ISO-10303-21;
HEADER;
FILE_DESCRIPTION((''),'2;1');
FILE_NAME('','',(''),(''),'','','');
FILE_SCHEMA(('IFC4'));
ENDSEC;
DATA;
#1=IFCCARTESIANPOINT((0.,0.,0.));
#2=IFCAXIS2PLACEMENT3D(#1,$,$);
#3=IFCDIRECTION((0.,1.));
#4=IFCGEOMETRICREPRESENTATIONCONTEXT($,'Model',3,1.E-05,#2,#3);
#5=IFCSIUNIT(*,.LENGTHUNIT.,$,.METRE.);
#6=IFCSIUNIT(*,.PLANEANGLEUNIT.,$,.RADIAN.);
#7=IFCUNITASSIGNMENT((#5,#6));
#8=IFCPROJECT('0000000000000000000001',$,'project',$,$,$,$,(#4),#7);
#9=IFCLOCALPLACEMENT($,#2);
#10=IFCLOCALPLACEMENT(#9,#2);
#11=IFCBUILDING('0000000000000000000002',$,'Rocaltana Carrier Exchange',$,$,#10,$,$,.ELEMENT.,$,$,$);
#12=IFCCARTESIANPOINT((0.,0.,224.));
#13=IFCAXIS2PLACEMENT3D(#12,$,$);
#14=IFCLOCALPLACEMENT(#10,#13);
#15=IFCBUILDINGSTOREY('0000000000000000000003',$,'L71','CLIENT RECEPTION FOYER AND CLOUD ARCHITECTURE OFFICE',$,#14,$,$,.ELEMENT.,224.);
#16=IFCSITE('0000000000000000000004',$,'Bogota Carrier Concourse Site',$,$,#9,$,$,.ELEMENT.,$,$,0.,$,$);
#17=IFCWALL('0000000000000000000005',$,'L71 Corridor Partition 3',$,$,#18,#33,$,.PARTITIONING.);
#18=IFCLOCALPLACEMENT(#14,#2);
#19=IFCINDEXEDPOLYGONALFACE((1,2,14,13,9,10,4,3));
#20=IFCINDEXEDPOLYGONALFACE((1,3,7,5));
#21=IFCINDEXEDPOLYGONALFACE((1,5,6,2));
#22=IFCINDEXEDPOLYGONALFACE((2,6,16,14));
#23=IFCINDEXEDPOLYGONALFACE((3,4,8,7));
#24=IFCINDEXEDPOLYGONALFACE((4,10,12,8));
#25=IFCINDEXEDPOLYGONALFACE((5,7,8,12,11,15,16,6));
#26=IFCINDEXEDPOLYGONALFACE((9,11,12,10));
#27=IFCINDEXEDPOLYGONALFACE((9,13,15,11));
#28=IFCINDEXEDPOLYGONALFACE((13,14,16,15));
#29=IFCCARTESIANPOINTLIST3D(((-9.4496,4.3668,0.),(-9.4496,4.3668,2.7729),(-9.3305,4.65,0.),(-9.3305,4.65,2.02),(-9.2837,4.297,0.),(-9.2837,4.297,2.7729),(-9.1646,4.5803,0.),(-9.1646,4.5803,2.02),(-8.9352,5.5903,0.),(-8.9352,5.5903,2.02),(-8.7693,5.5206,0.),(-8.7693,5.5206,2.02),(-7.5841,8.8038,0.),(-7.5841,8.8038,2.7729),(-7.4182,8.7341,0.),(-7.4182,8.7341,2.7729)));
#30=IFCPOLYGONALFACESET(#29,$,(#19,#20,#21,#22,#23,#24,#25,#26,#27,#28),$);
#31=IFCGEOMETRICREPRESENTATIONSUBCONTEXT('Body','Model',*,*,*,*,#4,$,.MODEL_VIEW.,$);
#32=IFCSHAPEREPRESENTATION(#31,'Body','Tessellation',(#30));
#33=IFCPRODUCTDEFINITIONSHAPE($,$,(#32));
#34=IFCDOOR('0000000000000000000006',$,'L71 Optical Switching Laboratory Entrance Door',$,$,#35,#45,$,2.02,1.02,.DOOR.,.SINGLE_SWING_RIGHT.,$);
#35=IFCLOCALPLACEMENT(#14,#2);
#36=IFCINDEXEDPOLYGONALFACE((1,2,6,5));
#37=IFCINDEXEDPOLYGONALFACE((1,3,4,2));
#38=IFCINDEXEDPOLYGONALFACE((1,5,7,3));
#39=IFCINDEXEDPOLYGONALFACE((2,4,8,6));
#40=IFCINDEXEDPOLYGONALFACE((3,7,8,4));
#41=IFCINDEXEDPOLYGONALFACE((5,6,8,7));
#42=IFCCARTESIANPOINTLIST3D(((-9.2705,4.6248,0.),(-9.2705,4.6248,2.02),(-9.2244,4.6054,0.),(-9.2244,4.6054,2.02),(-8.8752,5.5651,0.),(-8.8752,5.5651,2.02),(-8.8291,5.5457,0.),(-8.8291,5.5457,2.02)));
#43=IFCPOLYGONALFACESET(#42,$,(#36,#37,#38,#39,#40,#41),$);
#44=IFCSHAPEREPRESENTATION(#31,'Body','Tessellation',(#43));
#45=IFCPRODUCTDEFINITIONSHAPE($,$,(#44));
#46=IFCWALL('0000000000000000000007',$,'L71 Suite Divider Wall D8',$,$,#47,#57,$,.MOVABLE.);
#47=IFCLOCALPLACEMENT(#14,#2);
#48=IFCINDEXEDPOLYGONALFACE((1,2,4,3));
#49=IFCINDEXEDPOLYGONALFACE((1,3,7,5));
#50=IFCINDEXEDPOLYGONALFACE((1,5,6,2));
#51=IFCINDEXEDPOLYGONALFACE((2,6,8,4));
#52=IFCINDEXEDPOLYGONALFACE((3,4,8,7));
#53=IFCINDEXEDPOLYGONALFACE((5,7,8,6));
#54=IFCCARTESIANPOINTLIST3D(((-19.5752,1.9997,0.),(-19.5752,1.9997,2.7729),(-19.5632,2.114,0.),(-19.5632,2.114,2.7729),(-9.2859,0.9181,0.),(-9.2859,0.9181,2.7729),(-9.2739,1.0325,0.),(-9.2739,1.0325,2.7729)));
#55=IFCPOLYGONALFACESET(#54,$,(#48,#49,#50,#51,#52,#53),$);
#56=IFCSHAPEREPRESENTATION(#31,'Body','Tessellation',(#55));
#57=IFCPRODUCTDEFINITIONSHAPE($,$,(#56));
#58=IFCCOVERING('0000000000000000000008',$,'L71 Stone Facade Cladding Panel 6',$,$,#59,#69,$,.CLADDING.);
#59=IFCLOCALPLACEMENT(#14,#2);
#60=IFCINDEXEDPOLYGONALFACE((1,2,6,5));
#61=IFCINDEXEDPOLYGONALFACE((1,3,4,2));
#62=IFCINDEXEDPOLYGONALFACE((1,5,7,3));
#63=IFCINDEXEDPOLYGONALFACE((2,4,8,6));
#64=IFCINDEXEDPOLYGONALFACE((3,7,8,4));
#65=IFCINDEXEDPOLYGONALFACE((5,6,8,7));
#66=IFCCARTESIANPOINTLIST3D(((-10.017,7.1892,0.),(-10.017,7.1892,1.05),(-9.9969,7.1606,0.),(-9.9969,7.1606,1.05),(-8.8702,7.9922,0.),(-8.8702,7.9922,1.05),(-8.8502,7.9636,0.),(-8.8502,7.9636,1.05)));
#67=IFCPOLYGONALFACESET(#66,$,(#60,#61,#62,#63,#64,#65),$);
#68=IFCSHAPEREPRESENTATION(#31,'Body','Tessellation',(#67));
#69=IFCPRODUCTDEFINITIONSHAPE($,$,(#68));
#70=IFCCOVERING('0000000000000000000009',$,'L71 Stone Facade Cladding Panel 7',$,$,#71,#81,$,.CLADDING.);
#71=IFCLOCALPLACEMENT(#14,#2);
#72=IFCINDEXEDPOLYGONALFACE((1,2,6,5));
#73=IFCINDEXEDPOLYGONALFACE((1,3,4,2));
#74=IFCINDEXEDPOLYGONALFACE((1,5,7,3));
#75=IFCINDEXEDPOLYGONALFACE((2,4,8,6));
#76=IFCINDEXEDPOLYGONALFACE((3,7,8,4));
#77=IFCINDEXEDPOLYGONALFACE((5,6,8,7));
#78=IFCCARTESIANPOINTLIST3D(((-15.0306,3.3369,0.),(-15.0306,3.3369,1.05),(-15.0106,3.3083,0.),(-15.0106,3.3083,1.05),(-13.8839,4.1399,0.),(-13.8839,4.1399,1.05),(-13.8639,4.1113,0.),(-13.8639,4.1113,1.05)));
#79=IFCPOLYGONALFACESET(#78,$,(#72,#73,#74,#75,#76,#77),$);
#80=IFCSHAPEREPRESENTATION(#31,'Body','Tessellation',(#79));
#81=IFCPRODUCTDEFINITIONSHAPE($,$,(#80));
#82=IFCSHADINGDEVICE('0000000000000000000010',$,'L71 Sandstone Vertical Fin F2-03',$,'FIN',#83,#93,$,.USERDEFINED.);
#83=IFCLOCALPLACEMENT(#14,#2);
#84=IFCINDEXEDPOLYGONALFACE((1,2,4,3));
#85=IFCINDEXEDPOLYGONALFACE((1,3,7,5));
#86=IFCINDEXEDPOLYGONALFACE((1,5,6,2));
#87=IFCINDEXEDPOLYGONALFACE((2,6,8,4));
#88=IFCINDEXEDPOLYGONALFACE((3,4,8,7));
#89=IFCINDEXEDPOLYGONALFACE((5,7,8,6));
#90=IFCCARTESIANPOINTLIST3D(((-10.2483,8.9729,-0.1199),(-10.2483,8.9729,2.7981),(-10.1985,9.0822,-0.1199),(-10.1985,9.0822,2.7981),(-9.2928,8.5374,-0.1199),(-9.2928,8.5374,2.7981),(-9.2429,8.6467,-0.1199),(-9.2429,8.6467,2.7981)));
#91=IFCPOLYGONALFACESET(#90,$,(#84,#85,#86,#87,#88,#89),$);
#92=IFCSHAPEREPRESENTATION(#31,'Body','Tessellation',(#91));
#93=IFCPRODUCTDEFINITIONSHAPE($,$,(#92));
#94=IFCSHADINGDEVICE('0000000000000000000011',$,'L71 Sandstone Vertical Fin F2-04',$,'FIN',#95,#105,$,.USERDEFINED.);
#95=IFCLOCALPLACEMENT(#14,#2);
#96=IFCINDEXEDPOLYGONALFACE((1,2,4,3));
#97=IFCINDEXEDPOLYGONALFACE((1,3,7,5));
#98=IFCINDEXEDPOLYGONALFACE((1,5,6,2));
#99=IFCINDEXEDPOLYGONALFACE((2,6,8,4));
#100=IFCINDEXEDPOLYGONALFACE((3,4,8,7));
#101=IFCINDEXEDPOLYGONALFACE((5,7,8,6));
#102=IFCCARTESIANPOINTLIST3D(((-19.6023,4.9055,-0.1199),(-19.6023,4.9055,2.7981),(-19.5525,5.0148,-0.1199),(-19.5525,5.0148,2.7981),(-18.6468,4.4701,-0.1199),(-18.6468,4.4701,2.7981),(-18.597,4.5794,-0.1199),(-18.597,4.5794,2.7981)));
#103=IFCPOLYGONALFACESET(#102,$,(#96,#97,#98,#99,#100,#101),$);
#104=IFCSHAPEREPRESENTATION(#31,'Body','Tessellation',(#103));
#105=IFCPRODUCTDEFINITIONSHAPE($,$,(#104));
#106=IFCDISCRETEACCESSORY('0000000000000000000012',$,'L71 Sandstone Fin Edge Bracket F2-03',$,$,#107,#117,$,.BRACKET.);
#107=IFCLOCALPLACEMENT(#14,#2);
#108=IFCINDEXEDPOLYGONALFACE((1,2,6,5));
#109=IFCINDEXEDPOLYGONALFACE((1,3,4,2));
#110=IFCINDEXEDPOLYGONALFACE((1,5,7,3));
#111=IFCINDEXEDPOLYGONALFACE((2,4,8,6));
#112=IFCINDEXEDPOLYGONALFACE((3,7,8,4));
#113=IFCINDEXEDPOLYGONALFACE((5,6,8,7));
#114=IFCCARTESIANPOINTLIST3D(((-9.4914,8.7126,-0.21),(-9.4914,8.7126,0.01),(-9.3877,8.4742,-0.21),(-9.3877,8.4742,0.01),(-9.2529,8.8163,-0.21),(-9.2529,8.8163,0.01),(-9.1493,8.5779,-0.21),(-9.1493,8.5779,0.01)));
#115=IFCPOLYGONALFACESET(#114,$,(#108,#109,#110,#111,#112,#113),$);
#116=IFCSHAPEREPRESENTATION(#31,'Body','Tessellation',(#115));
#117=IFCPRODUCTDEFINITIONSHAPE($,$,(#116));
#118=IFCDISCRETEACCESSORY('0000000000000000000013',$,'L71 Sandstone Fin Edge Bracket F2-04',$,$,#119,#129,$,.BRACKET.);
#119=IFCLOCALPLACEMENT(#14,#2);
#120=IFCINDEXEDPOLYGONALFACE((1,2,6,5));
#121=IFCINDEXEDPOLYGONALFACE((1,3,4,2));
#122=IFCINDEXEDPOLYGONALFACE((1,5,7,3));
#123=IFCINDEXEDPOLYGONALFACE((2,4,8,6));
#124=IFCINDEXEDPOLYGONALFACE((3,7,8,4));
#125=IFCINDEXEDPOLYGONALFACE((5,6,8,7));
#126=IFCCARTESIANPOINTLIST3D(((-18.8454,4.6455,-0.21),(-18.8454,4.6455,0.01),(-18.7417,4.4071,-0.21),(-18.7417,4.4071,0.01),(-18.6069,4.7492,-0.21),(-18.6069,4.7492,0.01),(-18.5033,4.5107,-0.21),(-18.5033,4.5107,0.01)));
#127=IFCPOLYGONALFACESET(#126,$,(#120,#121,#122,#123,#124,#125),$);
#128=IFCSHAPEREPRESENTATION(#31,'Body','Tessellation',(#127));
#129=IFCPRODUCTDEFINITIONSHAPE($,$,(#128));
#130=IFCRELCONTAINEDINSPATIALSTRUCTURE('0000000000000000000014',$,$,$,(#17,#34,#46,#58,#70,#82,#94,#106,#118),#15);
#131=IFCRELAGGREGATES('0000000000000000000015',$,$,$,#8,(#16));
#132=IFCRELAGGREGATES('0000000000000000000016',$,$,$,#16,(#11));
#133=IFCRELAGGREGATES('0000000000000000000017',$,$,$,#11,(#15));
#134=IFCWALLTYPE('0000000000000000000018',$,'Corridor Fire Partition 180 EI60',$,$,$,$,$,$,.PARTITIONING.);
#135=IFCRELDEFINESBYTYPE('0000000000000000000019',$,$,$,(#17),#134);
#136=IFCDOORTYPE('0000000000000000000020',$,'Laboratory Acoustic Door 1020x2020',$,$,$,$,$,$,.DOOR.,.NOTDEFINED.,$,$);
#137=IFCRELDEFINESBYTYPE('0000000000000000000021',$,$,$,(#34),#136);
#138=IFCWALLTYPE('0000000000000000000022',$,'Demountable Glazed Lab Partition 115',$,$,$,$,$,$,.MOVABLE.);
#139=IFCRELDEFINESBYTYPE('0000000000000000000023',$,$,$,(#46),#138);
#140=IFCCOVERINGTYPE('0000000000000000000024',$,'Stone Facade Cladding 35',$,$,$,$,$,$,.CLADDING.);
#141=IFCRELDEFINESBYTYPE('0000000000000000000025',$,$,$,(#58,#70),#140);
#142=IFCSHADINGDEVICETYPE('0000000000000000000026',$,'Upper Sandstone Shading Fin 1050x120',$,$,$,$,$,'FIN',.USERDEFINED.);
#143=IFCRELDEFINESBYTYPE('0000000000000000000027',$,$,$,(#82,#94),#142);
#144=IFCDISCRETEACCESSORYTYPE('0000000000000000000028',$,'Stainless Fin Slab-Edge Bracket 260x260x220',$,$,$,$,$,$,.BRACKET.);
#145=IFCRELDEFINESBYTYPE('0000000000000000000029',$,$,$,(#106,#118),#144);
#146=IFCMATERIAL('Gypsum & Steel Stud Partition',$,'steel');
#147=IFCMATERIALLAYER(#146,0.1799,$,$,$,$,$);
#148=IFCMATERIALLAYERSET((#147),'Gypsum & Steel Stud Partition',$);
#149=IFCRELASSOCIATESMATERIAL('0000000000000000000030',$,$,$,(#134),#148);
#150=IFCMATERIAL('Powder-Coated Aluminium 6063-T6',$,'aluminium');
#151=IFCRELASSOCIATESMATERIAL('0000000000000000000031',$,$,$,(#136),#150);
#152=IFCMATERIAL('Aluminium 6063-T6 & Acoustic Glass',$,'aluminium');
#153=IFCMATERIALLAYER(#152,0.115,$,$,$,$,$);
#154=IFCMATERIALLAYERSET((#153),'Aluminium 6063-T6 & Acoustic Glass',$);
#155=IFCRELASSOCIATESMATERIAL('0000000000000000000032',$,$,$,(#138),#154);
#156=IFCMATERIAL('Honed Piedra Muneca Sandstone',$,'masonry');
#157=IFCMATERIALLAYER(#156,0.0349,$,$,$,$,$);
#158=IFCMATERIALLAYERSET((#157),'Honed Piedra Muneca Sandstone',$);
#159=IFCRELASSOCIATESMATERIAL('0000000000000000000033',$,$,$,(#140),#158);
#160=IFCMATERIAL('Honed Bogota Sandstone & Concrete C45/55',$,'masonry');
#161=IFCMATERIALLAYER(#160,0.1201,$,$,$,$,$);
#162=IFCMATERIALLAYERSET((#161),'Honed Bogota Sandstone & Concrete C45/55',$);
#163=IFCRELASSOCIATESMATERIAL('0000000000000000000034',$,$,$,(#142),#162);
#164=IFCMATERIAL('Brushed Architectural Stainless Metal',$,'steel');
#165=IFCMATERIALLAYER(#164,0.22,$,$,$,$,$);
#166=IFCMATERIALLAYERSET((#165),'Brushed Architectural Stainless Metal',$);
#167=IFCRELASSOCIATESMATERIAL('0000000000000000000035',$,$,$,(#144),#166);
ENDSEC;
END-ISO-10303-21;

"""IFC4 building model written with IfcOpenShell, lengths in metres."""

from ifc_helpers import new_model, si_unit, direction, frame, frame_2d, origin, origin_2d, place, context, subcontext, project, spatial, rectangle, extrude, material, layer, layer_set, type_object, element, fill, save


model = new_model("IFC4")

# Units and contexts
model_context = context("Model", 3, precision=1e-05, world=origin(), true_north=direction((0.0, 1.0)))
body_context = subcontext(model_context, "Body", "Model", "MODEL_VIEW")
ifc_project = project(units=[si_unit("LENGTHUNIT", "METRE"), si_unit("PLANEANGLEUNIT", "RADIAN")], contexts=[model_context])

# Site, building, storey
site_placement = place(None, origin())
site = spatial("IfcSite", under=ifc_project, at=site_placement, Name="Bogota Carrier Concourse Site", CompositionType="ELEMENT", RefElevation=0.0)
building_placement = place(site_placement, origin())
building = spatial("IfcBuilding", under=site, at=building_placement, Name="Rocaltana Carrier Exchange", CompositionType="ELEMENT")
storey_placement = place(building_placement, frame((0.0, 0.0, 224.0)))
storey = spatial("IfcBuildingStorey", under=building, at=storey_placement, Name="L71", Description="CLIENT RECEPTION FOYER AND CLOUD ARCHITECTURE OFFICE", CompositionType="ELEMENT", Elevation=224.0)

# Wall, opening, door
ifc_material_1 = material(Name="Gypsum & Steel Stud Partition", Category="steel")
ifc_layer_1 = layer(ifc_material_1, 0.1799)
ifc_layer_set_1 = layer_set([ifc_layer_1], Name="Gypsum & Steel Stud Partition")
wall_type_1 = type_object("IfcWallType", Name="Corridor Fire Partition 180 EI60", PredefinedType="PARTITIONING", material=ifc_layer_set_1)
wall_1_placement = place(storey_placement, frame((-9.3667, 4.3318, 0.0), z_axis=(0.0, 0.0, 1.0), x_axis=(0.387574, 0.921839, 0.0)))
wall_1 = element("IfcWall", 1, at=wall_1_placement, inside=storey, type_object=wall_type_1, Name="L71 Corridor Partition 3", PredefinedType="PARTITIONING", context=body_context, shape_type="SweptSolid", body=[
    extrude(rectangle(XDim=4.8132, YDim=0.1799, at=frame_2d((2.4067, 0.0))), origin(), (0.0, 0.0, 1.0), 2.7729),
])
opening_placement = place(wall_1_placement, frame((0.3074, 0.0, 0.0)))
opening = element("IfcOpeningElement", 2, at=opening_placement, cuts=wall_1, PredefinedType="OPENING", context=body_context, shape_type="SweptSolid", body=[
    extrude(rectangle(XDim=1.02, YDim=2.02, at=frame_2d((0.51, 1.01))), frame((0.0, 0.0999, 0.0), z_axis=(0.0, -1.0, 0.0), x_axis=(1.0, 0.0, 0.0)), (0.0, 0.0, 1.0), 0.2),
])
ifc_material_2 = material(Name="Powder-Coated Aluminium 6063-T6", Category="aluminium")
door_type = type_object("IfcDoorType", Name="Laboratory Acoustic Door 1020x2020", OperationType="NOTDEFINED", PredefinedType="DOOR", material=ifc_material_2)
door_placement = place(opening_placement, origin())
door = element("IfcDoor", 3, at=door_placement, inside=storey, type_object=door_type, Name="L71 Optical Switching Laboratory Entrance Door", OperationType="SINGLE_SWING_RIGHT", OverallHeight=2.02, OverallWidth=1.02, PredefinedType="DOOR", context=body_context, shape_type="SweptSolid", body=[
    extrude(rectangle(XDim=1.02, YDim=2.02, at=frame_2d((0.51, 1.01))), frame((0.0, 0.0249, 0.0), z_axis=(0.0, -1.0, 0.0), x_axis=(1.0, 0.0, 0.0)), (0.0, 0.0, 1.0), 0.05),
])
fill(opening, door)

# Wall
ifc_material_3 = material(Name="Aluminium 6063-T6 & Acoustic Glass", Category="aluminium")
ifc_layer_2 = layer(ifc_material_3, 0.115)
ifc_layer_set_2 = layer_set([ifc_layer_2], Name="Aluminium 6063-T6 & Acoustic Glass")
wall_type_2 = type_object("IfcWallType", Name="Demountable Glazed Lab Partition 115", PredefinedType="MOVABLE", material=ifc_layer_set_2)
wall_2_placement = place(storey_placement, frame((-9.28, 0.9753, 0.0), z_axis=(0.0, 0.0, 1.0), x_axis=(-0.994521, 0.104537, 0.0)))
element("IfcWall", 4, at=wall_2_placement, inside=storey, type_object=wall_type_2, Name="L71 Suite Divider Wall D8", PredefinedType="MOVABLE", context=body_context, shape_type="SweptSolid", body=[
    extrude(rectangle(XDim=10.3459, YDim=0.115, at=frame_2d((5.1729, 0.0))), origin(), (0.0, 0.0, 1.0), 2.7729),
])

# Coverings
ifc_material_4 = material(Name="Honed Piedra Muneca Sandstone", Category="masonry")
ifc_layer_3 = layer(ifc_material_4, 0.0349)
ifc_layer_set_3 = layer_set([ifc_layer_3], Name="Honed Piedra Muneca Sandstone")
covering_type = type_object("IfcCoveringType", Name="Stone Facade Cladding 35", PredefinedType="CLADDING", material=ifc_layer_set_3)
for number, where, z_axis, x_axis, name in (
    (5, (-9.4336, 7.5764, 0.0), (0.0, 0.0, 1.0), (0.819152, 0.573576, 0.0), "L71 Stone Facade Cladding Panel 6"),
    (6, (-14.4473, 3.7241, 0.0), (0.0, 0.0, 1.0), (0.819152, 0.573576, 0.0), "L71 Stone Facade Cladding Panel 7"),
):
    element("IfcCovering", number, at=place(storey_placement, frame(where, z_axis=z_axis, x_axis=x_axis)), inside=storey, type_object=covering_type, Name=name, PredefinedType="CLADDING", context=body_context, shape_type="SweptSolid", body=[
        extrude(rectangle(XDim=1.3999, YDim=0.0349, at=origin_2d()), origin(), (0.0, 0.0, 1.0), 1.05),
    ])

# Shading devices
ifc_material_5 = material(Name="Honed Bogota Sandstone & Concrete C45/55", Category="masonry")
ifc_layer_4 = layer(ifc_material_5, 0.1201)
ifc_layer_set_4 = layer_set([ifc_layer_4], Name="Honed Bogota Sandstone & Concrete C45/55")
shading_device_type = type_object("IfcShadingDeviceType", Name="Upper Sandstone Shading Fin 1050x120", ElementType="FIN", PredefinedType="USERDEFINED", material=ifc_layer_set_4)
for number, where, z_axis, x_axis, name in (
    (7, (-9.7456, 8.8098, -0.1199), (0.0, 0.0, 1.0), (-0.909961, 0.414693, 0.0), "L71 Sandstone Vertical Fin F2-03"),
    (8, (-19.0996, 4.7424, -0.1199), (0.0, 0.0, 1.0), (-0.909961, 0.414693, 0.0), "L71 Sandstone Vertical Fin F2-04"),
):
    element("IfcShadingDevice", number, at=place(storey_placement, frame(where, z_axis=z_axis, x_axis=x_axis)), inside=storey, type_object=shading_device_type, Name=name, ObjectType="FIN", PredefinedType="USERDEFINED", context=body_context, shape_type="SweptSolid", body=[
        extrude(rectangle(XDim=1.05, YDim=0.1201, at=origin_2d()), origin(), (0.0, 0.0, 1.0), 2.918),
    ])

# Discrete accessories
ifc_material_6 = material(Name="Brushed Architectural Stainless Metal", Category="steel")
ifc_layer_5 = layer(ifc_material_6, 0.22)
ifc_layer_set_5 = layer_set([ifc_layer_5], Name="Brushed Architectural Stainless Metal")
discrete_accessory_type = type_object("IfcDiscreteAccessoryType", Name="Stainless Fin Slab-Edge Bracket 260x260x220", PredefinedType="BRACKET", material=ifc_layer_set_5)
for number, where, z_axis, x_axis, name in (
    (9, (-9.3203, 8.6453, -0.21), (0.0, 0.0, 1.0), (-0.91706, -0.398749, 0.0), "L71 Sandstone Fin Edge Bracket F2-03"),
    (10, (-18.6743, 4.5781, -0.21), (0.0, 0.0, 1.0), (-0.91706, -0.398749, 0.0), "L71 Sandstone Fin Edge Bracket F2-04"),
):
    element("IfcDiscreteAccessory", number, at=place(storey_placement, frame(where, z_axis=z_axis, x_axis=x_axis)), inside=storey, type_object=discrete_accessory_type, Name=name, PredefinedType="BRACKET", context=body_context, shape_type="SweptSolid", body=[
        extrude(rectangle(XDim=0.26, YDim=0.26, at=origin_2d()), origin(), (0.0, 0.0, 1.0), 0.22),
    ])

save(model, "model.ifc")
